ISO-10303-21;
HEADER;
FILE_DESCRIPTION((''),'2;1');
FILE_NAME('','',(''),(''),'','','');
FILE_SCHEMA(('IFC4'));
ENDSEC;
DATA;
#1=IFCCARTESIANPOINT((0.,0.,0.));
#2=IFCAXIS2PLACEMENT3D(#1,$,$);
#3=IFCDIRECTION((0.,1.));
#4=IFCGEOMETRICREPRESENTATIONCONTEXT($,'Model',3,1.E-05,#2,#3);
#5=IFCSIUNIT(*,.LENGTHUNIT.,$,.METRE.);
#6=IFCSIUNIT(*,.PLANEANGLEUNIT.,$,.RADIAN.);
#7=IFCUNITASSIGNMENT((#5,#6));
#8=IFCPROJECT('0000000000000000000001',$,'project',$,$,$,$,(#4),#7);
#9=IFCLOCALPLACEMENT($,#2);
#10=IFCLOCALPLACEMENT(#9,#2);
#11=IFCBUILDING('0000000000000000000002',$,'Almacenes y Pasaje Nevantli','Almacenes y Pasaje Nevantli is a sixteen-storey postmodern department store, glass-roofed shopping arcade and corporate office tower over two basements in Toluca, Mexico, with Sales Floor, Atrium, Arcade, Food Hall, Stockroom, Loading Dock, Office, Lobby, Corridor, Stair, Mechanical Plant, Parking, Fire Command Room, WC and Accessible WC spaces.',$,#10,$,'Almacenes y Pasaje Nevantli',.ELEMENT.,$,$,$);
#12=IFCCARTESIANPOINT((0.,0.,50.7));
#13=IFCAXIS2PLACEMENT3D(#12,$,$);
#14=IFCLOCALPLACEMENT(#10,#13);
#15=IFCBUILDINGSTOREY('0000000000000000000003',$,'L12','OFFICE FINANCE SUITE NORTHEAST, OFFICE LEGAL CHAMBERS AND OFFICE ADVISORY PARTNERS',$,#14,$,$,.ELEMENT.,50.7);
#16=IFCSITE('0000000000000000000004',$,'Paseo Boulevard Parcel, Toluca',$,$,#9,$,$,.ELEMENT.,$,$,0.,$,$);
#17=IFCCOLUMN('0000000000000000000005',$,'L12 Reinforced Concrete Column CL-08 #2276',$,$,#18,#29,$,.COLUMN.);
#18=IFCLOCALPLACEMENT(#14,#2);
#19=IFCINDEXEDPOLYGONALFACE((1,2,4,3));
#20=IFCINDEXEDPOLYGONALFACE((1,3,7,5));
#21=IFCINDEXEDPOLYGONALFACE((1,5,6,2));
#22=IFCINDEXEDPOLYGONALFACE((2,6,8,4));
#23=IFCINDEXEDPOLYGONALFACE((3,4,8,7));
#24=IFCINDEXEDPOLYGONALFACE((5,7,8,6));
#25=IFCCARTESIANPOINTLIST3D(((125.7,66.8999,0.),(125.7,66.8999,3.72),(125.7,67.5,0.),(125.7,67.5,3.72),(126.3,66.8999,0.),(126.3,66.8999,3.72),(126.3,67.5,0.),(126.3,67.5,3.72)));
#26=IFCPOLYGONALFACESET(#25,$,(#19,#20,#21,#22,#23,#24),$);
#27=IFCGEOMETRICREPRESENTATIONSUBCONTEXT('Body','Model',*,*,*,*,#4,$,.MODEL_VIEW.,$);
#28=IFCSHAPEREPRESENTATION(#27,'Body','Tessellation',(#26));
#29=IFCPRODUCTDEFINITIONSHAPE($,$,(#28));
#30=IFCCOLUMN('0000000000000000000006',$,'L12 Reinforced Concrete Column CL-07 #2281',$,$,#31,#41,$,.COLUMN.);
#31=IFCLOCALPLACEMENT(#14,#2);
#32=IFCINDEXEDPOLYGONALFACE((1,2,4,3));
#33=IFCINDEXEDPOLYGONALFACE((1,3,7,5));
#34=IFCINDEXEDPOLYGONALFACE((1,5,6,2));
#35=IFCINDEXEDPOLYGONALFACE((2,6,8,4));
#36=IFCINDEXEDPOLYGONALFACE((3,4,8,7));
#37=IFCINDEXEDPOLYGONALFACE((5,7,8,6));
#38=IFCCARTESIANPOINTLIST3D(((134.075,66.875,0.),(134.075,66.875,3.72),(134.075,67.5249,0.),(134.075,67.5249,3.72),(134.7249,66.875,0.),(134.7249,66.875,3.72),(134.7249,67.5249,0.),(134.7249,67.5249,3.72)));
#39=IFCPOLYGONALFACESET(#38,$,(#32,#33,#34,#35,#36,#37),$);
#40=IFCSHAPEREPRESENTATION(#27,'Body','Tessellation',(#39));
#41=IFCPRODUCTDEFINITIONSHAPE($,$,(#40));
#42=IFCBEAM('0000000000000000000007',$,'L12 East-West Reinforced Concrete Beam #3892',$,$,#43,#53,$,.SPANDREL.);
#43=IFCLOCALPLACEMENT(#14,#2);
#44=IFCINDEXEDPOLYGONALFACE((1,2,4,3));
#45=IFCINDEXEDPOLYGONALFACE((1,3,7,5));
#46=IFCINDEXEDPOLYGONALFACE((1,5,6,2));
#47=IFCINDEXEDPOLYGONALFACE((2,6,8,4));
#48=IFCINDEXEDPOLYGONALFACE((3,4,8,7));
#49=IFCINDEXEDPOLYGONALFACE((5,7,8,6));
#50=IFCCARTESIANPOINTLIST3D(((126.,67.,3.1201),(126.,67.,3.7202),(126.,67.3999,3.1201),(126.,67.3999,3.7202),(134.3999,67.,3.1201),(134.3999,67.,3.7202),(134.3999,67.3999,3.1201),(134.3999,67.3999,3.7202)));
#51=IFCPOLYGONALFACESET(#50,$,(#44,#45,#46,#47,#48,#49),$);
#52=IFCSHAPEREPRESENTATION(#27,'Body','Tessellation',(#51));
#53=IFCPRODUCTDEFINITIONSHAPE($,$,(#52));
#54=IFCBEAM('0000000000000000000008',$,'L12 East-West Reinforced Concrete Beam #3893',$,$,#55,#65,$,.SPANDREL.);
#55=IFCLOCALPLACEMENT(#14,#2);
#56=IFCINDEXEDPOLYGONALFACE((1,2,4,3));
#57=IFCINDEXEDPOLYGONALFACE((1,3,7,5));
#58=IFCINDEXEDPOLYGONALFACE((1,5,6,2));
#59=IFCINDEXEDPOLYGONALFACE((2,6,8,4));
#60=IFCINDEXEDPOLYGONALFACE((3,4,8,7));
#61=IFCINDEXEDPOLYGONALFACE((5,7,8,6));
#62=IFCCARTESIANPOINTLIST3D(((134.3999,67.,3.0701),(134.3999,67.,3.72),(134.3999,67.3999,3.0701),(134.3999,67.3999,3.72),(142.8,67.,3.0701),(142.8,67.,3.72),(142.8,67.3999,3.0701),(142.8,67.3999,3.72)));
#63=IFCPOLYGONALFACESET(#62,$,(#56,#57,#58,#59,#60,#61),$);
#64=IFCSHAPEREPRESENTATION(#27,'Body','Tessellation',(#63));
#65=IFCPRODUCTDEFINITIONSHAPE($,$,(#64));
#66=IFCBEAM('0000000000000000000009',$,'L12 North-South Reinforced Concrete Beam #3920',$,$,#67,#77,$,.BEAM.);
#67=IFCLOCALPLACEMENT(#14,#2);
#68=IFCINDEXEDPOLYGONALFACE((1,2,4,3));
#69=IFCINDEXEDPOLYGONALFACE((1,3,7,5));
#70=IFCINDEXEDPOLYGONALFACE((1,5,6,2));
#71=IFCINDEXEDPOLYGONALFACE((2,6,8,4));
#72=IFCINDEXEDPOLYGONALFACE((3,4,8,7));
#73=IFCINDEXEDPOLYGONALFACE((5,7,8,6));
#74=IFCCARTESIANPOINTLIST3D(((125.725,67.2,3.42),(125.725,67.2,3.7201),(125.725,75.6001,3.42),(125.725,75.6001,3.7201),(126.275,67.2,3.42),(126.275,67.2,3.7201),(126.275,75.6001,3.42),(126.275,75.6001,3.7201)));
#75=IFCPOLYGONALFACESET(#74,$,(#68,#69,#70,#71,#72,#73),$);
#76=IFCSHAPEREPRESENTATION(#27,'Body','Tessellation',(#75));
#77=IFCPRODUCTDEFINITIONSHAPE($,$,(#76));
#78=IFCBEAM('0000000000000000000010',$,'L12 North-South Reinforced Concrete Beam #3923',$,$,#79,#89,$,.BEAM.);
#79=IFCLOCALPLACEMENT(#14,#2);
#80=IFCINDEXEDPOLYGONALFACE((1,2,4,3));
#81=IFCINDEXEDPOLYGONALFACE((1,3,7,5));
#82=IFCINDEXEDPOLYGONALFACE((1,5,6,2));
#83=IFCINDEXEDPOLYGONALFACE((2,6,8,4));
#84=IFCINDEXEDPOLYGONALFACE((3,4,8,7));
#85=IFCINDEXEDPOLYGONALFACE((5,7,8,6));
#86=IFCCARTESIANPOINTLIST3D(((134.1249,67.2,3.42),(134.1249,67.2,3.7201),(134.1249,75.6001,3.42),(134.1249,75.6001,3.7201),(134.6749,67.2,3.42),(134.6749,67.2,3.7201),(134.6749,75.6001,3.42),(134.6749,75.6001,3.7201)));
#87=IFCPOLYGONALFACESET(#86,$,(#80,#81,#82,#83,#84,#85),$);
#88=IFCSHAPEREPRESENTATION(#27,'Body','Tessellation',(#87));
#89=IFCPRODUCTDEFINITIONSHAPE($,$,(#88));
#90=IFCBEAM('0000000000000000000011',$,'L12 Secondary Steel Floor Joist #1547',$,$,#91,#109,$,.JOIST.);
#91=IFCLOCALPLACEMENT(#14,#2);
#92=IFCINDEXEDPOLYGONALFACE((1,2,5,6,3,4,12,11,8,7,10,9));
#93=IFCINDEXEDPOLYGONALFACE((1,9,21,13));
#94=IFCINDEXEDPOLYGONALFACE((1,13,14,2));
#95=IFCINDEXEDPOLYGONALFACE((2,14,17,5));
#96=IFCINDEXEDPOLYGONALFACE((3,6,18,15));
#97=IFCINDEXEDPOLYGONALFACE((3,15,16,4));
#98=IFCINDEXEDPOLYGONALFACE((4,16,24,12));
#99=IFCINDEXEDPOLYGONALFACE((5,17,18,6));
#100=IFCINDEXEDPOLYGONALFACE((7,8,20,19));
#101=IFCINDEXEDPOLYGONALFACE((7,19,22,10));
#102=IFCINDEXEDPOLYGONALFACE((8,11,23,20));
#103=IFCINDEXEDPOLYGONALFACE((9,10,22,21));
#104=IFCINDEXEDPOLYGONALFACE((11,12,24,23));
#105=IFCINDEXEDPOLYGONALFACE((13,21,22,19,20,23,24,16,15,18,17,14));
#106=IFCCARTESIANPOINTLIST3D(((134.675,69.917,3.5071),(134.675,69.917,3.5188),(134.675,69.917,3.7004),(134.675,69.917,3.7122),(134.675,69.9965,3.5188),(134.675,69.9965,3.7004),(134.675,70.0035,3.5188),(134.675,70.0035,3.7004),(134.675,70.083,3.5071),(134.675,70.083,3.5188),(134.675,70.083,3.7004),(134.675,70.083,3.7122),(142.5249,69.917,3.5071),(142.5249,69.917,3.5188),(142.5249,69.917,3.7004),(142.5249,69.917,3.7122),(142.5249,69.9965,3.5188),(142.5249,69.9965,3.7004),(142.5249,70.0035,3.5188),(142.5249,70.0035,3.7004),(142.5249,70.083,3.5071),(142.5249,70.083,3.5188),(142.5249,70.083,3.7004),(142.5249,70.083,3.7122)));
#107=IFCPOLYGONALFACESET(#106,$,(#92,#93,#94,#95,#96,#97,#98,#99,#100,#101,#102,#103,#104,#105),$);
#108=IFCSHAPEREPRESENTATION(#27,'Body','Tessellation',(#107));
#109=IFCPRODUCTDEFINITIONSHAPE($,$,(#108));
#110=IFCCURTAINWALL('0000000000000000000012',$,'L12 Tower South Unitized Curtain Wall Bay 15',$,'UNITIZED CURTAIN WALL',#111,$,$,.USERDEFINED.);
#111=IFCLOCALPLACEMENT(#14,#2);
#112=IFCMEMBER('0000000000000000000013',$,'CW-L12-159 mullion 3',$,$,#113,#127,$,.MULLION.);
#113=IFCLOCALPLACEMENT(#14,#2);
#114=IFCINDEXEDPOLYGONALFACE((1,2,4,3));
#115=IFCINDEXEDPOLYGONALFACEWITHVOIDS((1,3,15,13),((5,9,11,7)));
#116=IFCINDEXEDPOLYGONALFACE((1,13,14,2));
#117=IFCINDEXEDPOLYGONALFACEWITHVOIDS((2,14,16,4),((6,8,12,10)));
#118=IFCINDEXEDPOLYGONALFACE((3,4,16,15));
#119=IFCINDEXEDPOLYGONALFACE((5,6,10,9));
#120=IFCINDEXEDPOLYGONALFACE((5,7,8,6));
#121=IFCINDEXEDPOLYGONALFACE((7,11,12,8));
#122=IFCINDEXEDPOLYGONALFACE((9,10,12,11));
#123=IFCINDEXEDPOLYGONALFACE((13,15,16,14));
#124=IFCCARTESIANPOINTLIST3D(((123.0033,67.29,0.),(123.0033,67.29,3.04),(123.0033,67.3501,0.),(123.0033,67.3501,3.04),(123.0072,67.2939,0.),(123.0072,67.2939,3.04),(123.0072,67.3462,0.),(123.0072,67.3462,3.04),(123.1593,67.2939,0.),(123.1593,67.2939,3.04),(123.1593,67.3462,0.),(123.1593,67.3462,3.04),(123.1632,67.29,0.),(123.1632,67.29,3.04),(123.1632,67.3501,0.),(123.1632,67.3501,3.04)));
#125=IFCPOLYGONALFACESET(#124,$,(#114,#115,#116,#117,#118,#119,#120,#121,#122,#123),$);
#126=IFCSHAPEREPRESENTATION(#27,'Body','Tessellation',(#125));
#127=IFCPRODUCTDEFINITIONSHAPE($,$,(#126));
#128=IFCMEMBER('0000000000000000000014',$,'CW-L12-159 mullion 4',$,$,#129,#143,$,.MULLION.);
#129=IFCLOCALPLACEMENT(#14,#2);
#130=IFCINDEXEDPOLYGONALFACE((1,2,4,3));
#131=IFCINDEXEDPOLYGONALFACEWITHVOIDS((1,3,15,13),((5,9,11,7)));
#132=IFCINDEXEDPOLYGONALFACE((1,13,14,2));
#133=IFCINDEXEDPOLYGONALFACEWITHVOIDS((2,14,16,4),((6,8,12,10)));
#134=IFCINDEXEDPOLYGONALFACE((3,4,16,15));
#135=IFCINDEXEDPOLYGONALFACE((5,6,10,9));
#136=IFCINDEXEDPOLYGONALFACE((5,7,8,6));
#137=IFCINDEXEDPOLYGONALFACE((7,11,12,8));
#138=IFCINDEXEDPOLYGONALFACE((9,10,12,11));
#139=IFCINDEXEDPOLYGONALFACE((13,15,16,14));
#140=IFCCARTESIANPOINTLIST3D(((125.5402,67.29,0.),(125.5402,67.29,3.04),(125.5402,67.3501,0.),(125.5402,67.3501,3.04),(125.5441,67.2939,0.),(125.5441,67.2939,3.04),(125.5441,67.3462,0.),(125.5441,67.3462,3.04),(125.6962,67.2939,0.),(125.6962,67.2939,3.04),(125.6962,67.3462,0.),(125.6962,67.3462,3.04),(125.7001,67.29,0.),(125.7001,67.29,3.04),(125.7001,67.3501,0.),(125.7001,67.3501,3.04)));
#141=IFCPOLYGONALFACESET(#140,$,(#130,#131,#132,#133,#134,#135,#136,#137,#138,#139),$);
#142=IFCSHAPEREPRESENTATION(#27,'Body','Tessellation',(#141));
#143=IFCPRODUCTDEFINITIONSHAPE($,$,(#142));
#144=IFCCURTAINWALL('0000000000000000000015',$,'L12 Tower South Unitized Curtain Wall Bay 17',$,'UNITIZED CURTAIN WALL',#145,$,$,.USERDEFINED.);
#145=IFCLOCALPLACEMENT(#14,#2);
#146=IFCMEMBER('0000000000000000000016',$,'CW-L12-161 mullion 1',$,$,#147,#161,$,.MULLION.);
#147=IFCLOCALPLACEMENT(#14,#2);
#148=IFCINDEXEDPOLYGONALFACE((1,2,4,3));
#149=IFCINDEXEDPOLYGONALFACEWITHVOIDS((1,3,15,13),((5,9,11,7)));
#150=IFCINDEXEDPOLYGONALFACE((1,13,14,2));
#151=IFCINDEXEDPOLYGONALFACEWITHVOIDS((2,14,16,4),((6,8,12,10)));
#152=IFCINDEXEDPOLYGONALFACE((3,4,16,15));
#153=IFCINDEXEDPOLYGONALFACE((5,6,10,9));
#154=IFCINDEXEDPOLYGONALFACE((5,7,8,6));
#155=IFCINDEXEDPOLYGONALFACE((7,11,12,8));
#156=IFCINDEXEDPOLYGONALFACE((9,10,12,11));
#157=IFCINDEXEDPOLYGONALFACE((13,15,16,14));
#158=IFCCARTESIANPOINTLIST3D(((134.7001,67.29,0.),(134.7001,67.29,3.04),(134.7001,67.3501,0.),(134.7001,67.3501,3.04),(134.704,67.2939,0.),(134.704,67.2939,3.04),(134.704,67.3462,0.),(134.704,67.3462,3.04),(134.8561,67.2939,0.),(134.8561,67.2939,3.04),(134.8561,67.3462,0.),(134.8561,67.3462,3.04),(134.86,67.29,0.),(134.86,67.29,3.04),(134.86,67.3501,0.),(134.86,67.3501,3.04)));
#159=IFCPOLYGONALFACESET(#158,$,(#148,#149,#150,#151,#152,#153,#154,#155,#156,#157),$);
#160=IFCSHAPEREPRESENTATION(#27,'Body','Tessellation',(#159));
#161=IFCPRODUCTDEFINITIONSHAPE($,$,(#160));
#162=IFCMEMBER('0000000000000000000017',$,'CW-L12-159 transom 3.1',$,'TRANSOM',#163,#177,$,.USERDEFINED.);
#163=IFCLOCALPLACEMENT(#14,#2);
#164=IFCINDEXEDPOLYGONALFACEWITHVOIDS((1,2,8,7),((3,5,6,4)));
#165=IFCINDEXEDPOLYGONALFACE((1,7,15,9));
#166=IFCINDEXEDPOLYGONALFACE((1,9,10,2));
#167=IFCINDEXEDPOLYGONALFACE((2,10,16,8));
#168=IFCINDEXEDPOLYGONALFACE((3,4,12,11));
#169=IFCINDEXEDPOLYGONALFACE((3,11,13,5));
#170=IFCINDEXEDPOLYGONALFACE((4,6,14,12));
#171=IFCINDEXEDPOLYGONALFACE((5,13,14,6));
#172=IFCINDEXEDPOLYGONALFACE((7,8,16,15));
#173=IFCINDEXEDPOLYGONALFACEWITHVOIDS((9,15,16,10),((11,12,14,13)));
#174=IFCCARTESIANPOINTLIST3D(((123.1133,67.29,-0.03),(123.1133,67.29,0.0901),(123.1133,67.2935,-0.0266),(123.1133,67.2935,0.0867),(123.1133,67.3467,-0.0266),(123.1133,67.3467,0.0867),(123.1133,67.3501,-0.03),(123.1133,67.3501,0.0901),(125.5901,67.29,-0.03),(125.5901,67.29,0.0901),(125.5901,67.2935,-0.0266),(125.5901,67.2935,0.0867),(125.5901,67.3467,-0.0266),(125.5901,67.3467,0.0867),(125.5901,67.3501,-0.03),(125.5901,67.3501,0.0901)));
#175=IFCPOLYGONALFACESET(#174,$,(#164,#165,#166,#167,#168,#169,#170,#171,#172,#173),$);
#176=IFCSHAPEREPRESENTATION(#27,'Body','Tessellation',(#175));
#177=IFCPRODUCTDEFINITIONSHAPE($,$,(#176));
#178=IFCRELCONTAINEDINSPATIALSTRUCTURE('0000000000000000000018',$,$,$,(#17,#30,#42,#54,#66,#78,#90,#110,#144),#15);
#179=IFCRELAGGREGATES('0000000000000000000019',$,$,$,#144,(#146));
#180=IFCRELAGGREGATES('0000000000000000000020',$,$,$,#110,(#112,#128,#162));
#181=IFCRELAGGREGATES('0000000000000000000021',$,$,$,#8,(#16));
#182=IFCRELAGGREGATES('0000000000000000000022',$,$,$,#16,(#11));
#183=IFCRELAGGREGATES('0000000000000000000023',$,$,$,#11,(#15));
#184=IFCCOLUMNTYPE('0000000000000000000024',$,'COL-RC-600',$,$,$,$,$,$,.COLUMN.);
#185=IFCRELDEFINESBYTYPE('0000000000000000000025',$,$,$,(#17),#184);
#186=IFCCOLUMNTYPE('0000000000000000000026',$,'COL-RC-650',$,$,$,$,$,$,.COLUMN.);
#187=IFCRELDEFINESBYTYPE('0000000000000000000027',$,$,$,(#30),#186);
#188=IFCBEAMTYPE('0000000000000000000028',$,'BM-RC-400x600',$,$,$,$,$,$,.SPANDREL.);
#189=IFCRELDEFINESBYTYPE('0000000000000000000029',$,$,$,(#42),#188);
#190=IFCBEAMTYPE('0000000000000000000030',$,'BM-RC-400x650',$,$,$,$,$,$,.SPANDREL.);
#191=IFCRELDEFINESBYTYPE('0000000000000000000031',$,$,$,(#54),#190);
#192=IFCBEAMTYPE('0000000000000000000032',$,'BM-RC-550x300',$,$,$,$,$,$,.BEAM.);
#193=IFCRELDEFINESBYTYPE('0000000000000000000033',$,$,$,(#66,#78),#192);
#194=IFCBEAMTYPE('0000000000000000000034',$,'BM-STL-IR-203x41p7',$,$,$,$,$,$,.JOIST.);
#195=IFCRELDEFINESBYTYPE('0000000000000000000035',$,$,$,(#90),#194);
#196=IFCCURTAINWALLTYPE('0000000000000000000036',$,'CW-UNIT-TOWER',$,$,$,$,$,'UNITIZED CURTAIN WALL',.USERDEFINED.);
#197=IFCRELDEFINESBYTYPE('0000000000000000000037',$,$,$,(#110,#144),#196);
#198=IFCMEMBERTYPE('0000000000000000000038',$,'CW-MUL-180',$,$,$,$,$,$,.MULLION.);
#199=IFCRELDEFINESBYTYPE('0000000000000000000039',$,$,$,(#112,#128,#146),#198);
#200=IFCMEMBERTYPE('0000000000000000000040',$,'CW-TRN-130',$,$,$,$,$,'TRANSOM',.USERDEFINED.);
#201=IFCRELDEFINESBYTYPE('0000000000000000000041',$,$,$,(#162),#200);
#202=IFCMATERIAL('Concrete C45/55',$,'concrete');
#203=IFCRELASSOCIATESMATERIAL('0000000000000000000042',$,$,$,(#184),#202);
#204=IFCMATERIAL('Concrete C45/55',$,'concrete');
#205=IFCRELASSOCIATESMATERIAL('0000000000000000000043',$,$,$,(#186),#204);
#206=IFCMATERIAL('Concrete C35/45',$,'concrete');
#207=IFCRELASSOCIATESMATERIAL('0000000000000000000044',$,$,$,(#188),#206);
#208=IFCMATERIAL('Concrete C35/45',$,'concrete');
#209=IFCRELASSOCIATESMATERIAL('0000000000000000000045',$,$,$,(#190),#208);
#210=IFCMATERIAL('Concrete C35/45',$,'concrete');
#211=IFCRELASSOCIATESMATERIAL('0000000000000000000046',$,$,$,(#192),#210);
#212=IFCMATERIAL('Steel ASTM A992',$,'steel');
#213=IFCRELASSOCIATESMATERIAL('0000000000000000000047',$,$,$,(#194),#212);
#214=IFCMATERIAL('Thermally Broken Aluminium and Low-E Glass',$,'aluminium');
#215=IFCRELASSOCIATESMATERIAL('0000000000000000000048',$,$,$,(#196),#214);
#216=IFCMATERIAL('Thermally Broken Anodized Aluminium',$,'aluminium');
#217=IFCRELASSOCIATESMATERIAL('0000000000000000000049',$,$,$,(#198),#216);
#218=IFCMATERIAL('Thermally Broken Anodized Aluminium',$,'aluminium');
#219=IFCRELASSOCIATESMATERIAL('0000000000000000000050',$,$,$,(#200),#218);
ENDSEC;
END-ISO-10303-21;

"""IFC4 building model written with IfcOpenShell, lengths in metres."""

from ifc_helpers import new_model, si_unit, direction, frame, origin, origin_2d, place, context, subcontext, project, spatial, rectangle, hollow_rectangle, i_section, extrude, material, material_profile, profile_set, type_object, element, aggregate, save


model = new_model("IFC4")

# Units and contexts
model_context = context("Model", 3, precision=1e-05, world=origin(), true_north=direction((0.0, 1.0)))
body_context = subcontext(model_context, "Body", "Model", "MODEL_VIEW")
ifc_project = project(units=[si_unit("LENGTHUNIT", "METRE"), si_unit("PLANEANGLEUNIT", "RADIAN")], contexts=[model_context])

# Site, building, storey
site_placement = place(None, origin())
site = spatial("IfcSite", under=ifc_project, at=site_placement, Name="Paseo Boulevard Parcel, Toluca", CompositionType="ELEMENT", RefElevation=0.0)
building_placement = place(site_placement, origin())
building = spatial("IfcBuilding", under=site, at=building_placement, Name="Almacenes y Pasaje Nevantli", Description="Almacenes y Pasaje Nevantli is a sixteen-storey postmodern department store, glass-roofed shopping arcade and corporate office tower over two basements in Toluca, Mexico, with Sales Floor, Atrium, Arcade, Food Hall, Stockroom, Loading Dock, Office, Lobby, Corridor, Stair, Mechanical Plant, Parking, Fire Command Room, WC and Accessible WC spaces.", LongName="Almacenes y Pasaje Nevantli", CompositionType="ELEMENT")
storey_placement = place(building_placement, frame((0.0, 0.0, 50.7)))
storey = spatial("IfcBuildingStorey", under=building, at=storey_placement, Name="L12", Description="OFFICE FINANCE SUITE NORTHEAST, OFFICE LEGAL CHAMBERS AND OFFICE ADVISORY PARTNERS", CompositionType="ELEMENT", Elevation=50.7)

# Columns
ifc_material_1 = material(Name="Concrete C45/55", Category="concrete")
ifc_material_profile_1 = material_profile(ifc_material_1, rectangle(XDim=0.6001, YDim=0.6001, at=origin_2d()), Name="RC-COL-600x600")
ifc_profile_set_1 = profile_set([ifc_material_profile_1], Name="Concrete C45/55")
column_type_1 = type_object("IfcColumnType", Name="COL-RC-600", PredefinedType="COLUMN", material=ifc_profile_set_1)
column_1_placement = place(storey_placement, frame((126.0, 67.2, 0.0), z_axis=(0.0, 0.0, 1.0), x_axis=(1.0, 0.0, 0.0)))
element("IfcColumn", 1, at=column_1_placement, inside=storey, type_object=column_type_1, Name="L12 Reinforced Concrete Column CL-08 #2276", PredefinedType="COLUMN", context=body_context, shape_type="SweptSolid", body=[
    extrude(rectangle(XDim=0.6001, YDim=0.6001, at=origin_2d()), origin(), (0.0, 0.0, 1.0), 3.72),
])
ifc_material_2 = material(Name="Concrete C45/55", Category="concrete")
ifc_material_profile_2 = material_profile(ifc_material_2, rectangle(XDim=0.6499, YDim=0.6499, at=origin_2d()), Name="RC-COL-650x650")
ifc_profile_set_2 = profile_set([ifc_material_profile_2], Name="Concrete C45/55")
column_type_2 = type_object("IfcColumnType", Name="COL-RC-650", PredefinedType="COLUMN", material=ifc_profile_set_2)
column_2_placement = place(storey_placement, frame((134.3999, 67.2, 0.0), z_axis=(0.0, 0.0, 1.0), x_axis=(1.0, 0.0, 0.0)))
element("IfcColumn", 2, at=column_2_placement, inside=storey, type_object=column_type_2, Name="L12 Reinforced Concrete Column CL-07 #2281", PredefinedType="COLUMN", context=body_context, shape_type="SweptSolid", body=[
    extrude(rectangle(XDim=0.6499, YDim=0.6499, at=origin_2d()), origin(), (0.0, 0.0, 1.0), 3.72),
])

# Beams
ifc_material_3 = material(Name="Concrete C35/45", Category="concrete")
ifc_material_profile_3 = material_profile(ifc_material_3, rectangle(XDim=0.3999, YDim=0.6001, at=origin_2d()), Name="RC-BM-400x600")
ifc_profile_set_3 = profile_set([ifc_material_profile_3], Name="Concrete C35/45")
beam_type_1 = type_object("IfcBeamType", Name="BM-RC-400x600", PredefinedType="SPANDREL", material=ifc_profile_set_3)
beam_1_placement = place(storey_placement, frame((126.0, 67.2, 3.4202), z_axis=(1.0, 0.0, 0.0), x_axis=(0.0, 1.0, 0.0)))
element("IfcBeam", 3, at=beam_1_placement, inside=storey, type_object=beam_type_1, Name="L12 East-West Reinforced Concrete Beam #3892", PredefinedType="SPANDREL", context=body_context, shape_type="SweptSolid", body=[
    extrude(rectangle(XDim=0.3999, YDim=0.6001, at=origin_2d()), origin(), (0.0, 0.0, 1.0), 8.3999),
])
ifc_material_4 = material(Name="Concrete C35/45", Category="concrete")
ifc_material_profile_4 = material_profile(ifc_material_4, rectangle(XDim=0.3999, YDim=0.6499, at=origin_2d()), Name="RC-BM-400x650")
ifc_profile_set_4 = profile_set([ifc_material_profile_4], Name="Concrete C35/45")
beam_type_2 = type_object("IfcBeamType", Name="BM-RC-400x650", PredefinedType="SPANDREL", material=ifc_profile_set_4)
beam_2_placement = place(storey_placement, frame((134.3999, 67.2, 3.395), z_axis=(1.0, 0.0, 0.0), x_axis=(0.0, 1.0, 0.0)))
element("IfcBeam", 4, at=beam_2_placement, inside=storey, type_object=beam_type_2, Name="L12 East-West Reinforced Concrete Beam #3893", PredefinedType="SPANDREL", context=body_context, shape_type="SweptSolid", body=[
    extrude(rectangle(XDim=0.3999, YDim=0.6499, at=origin_2d()), origin(), (0.0, 0.0, 1.0), 8.4001),
])
ifc_material_5 = material(Name="Concrete C35/45", Category="concrete")
ifc_material_profile_5 = material_profile(ifc_material_5, rectangle(XDim=0.55, YDim=0.3, at=origin_2d()), Name="RC-BM-550x300")
ifc_profile_set_5 = profile_set([ifc_material_profile_5], Name="Concrete C35/45")
beam_type_3 = type_object("IfcBeamType", Name="BM-RC-550x300", PredefinedType="BEAM", material=ifc_profile_set_5)
for number, where, z_axis, x_axis, name in (
    (5, (126.0, 67.2, 3.5701), (0.0, 1.0, 0.0), (-1.0, 0.0, 0.0), "L12 North-South Reinforced Concrete Beam #3920"),
    (6, (134.3999, 67.2, 3.5701), (0.0, 1.0, 0.0), (-1.0, 0.0, 0.0), "L12 North-South Reinforced Concrete Beam #3923"),
):
    element("IfcBeam", number, at=place(storey_placement, frame(where, z_axis=z_axis, x_axis=x_axis)), inside=storey, type_object=beam_type_3, Name=name, PredefinedType="BEAM", context=body_context, shape_type="SweptSolid", body=[
        extrude(rectangle(XDim=0.55, YDim=0.3, at=origin_2d()), origin(), (0.0, 0.0, 1.0), 8.4001),
    ])
ifc_material_6 = material(Name="Steel ASTM A992", Category="steel")
ifc_material_profile_6 = material_profile(ifc_material_6, i_section(OverallWidth=0.166, OverallDepth=0.2051, WebThickness=0.0071, FlangeThickness=0.0117, at=origin_2d()), Name="IR 203x41.7")
ifc_profile_set_6 = profile_set([ifc_material_profile_6], Name="Steel ASTM A992")
beam_type_4 = type_object("IfcBeamType", Name="BM-STL-IR-203x41p7", PredefinedType="JOIST", material=ifc_profile_set_6)
beam_3_placement = place(storey_placement, frame((134.675, 70.0, 3.6096), z_axis=(1.0, 0.0, 0.0), x_axis=(0.0, 1.0, 0.0)))
element("IfcBeam", 7, at=beam_3_placement, inside=storey, type_object=beam_type_4, Name="L12 Secondary Steel Floor Joist #1547", PredefinedType="JOIST", context=body_context, shape_type="SweptSolid", body=[
    extrude(i_section(OverallWidth=0.166, OverallDepth=0.2051, WebThickness=0.0071, FlangeThickness=0.0117, at=origin_2d()), origin(), (0.0, 0.0, 1.0), 7.8499),
])

# Curtain wall, members
ifc_material_7 = material(Name="Thermally Broken Aluminium and Low-E Glass", Category="aluminium")
curtain_wall_type = type_object("IfcCurtainWallType", Name="CW-UNIT-TOWER", ElementType="UNITIZED CURTAIN WALL", PredefinedType="USERDEFINED", material=ifc_material_7)
curtain_wall_1_placement = place(storey_placement, origin())
curtain_wall_1 = element("IfcCurtainWall", 8, at=curtain_wall_1_placement, inside=storey, type_object=curtain_wall_type, Name="L12 Tower South Unitized Curtain Wall Bay 15", ObjectType="UNITIZED CURTAIN WALL", PredefinedType="USERDEFINED")
ifc_material_8 = material(Name="Thermally Broken Anodized Aluminium", Category="aluminium")
ifc_material_profile_7 = material_profile(ifc_material_8, hollow_rectangle(XDim=0.0601, YDim=0.1599, WallThickness=0.0039, at=origin_2d()), Name="ALU-MUL-60x160")
ifc_profile_set_7 = profile_set([ifc_material_profile_7], Name="Thermally Broken Anodized Aluminium")
member_type_1 = type_object("IfcMemberType", Name="CW-MUL-180", PredefinedType="MULLION", material=ifc_profile_set_7)
member_1_placement = place(storey_placement, frame((123.0833, 67.3201, 0.0), z_axis=(0.0, 0.0, 1.0), x_axis=(0.0, 1.0, 0.0)))
member_1 = element("IfcMember", 9, at=member_1_placement, type_object=member_type_1, Name="CW-L12-159 mullion 3", PredefinedType="MULLION", context=body_context, shape_type="SweptSolid", body=[
    extrude(hollow_rectangle(XDim=0.0601, YDim=0.1599, WallThickness=0.0039, at=origin_2d()), origin(), (0.0, 0.0, 1.0), 3.04),
])
member_2_placement = place(storey_placement, frame((125.6201, 67.3201, 0.0), z_axis=(0.0, 0.0, 1.0), x_axis=(0.0, 1.0, 0.0)))
member_2 = element("IfcMember", 10, at=member_2_placement, type_object=member_type_1, Name="CW-L12-159 mullion 4", PredefinedType="MULLION", context=body_context, shape_type="SweptSolid", body=[
    extrude(hollow_rectangle(XDim=0.0601, YDim=0.1599, WallThickness=0.0039, at=origin_2d()), origin(), (0.0, 0.0, 1.0), 3.04),
])

# Curtain wall, member
curtain_wall_2_placement = place(storey_placement, origin())
curtain_wall_2 = element("IfcCurtainWall", 11, at=curtain_wall_2_placement, inside=storey, type_object=curtain_wall_type, Name="L12 Tower South Unitized Curtain Wall Bay 17", ObjectType="UNITIZED CURTAIN WALL", PredefinedType="USERDEFINED")
member_3_placement = place(storey_placement, frame((134.78, 67.3201, 0.0), z_axis=(0.0, 0.0, 1.0), x_axis=(0.0, 1.0, 0.0)))
member_3 = element("IfcMember", 12, at=member_3_placement, type_object=member_type_1, Name="CW-L12-161 mullion 1", PredefinedType="MULLION", context=body_context, shape_type="SweptSolid", body=[
    extrude(hollow_rectangle(XDim=0.0601, YDim=0.1599, WallThickness=0.0039, at=origin_2d()), origin(), (0.0, 0.0, 1.0), 3.04),
])

# Member
ifc_material_9 = material(Name="Thermally Broken Anodized Aluminium", Category="aluminium")
ifc_material_profile_8 = material_profile(ifc_material_9, hollow_rectangle(XDim=0.0601, YDim=0.1201, WallThickness=0.0034, at=origin_2d()), Name="ALU-TRN-60x120")
ifc_profile_set_8 = profile_set([ifc_material_profile_8], Name="Thermally Broken Anodized Aluminium")
member_type_2 = type_object("IfcMemberType", Name="CW-TRN-130", ElementType="TRANSOM", PredefinedType="USERDEFINED", material=ifc_profile_set_8)
member_4_placement = place(storey_placement, frame((123.1133, 67.3201, 0.03), z_axis=(1.0, 0.0, 0.0), x_axis=(0.0, 1.0, 0.0)))
member_4 = element("IfcMember", 13, at=member_4_placement, type_object=member_type_2, Name="CW-L12-159 transom 3.1", ObjectType="TRANSOM", PredefinedType="USERDEFINED", context=body_context, shape_type="SweptSolid", body=[
    extrude(hollow_rectangle(XDim=0.0601, YDim=0.1201, WallThickness=0.0034, at=origin_2d()), origin(), (0.0, 0.0, 1.0), 2.4768),
])
aggregate(curtain_wall_2, [member_3])

aggregate(curtain_wall_1, [member_1, member_2, member_4])

save(model, "model.ifc")
